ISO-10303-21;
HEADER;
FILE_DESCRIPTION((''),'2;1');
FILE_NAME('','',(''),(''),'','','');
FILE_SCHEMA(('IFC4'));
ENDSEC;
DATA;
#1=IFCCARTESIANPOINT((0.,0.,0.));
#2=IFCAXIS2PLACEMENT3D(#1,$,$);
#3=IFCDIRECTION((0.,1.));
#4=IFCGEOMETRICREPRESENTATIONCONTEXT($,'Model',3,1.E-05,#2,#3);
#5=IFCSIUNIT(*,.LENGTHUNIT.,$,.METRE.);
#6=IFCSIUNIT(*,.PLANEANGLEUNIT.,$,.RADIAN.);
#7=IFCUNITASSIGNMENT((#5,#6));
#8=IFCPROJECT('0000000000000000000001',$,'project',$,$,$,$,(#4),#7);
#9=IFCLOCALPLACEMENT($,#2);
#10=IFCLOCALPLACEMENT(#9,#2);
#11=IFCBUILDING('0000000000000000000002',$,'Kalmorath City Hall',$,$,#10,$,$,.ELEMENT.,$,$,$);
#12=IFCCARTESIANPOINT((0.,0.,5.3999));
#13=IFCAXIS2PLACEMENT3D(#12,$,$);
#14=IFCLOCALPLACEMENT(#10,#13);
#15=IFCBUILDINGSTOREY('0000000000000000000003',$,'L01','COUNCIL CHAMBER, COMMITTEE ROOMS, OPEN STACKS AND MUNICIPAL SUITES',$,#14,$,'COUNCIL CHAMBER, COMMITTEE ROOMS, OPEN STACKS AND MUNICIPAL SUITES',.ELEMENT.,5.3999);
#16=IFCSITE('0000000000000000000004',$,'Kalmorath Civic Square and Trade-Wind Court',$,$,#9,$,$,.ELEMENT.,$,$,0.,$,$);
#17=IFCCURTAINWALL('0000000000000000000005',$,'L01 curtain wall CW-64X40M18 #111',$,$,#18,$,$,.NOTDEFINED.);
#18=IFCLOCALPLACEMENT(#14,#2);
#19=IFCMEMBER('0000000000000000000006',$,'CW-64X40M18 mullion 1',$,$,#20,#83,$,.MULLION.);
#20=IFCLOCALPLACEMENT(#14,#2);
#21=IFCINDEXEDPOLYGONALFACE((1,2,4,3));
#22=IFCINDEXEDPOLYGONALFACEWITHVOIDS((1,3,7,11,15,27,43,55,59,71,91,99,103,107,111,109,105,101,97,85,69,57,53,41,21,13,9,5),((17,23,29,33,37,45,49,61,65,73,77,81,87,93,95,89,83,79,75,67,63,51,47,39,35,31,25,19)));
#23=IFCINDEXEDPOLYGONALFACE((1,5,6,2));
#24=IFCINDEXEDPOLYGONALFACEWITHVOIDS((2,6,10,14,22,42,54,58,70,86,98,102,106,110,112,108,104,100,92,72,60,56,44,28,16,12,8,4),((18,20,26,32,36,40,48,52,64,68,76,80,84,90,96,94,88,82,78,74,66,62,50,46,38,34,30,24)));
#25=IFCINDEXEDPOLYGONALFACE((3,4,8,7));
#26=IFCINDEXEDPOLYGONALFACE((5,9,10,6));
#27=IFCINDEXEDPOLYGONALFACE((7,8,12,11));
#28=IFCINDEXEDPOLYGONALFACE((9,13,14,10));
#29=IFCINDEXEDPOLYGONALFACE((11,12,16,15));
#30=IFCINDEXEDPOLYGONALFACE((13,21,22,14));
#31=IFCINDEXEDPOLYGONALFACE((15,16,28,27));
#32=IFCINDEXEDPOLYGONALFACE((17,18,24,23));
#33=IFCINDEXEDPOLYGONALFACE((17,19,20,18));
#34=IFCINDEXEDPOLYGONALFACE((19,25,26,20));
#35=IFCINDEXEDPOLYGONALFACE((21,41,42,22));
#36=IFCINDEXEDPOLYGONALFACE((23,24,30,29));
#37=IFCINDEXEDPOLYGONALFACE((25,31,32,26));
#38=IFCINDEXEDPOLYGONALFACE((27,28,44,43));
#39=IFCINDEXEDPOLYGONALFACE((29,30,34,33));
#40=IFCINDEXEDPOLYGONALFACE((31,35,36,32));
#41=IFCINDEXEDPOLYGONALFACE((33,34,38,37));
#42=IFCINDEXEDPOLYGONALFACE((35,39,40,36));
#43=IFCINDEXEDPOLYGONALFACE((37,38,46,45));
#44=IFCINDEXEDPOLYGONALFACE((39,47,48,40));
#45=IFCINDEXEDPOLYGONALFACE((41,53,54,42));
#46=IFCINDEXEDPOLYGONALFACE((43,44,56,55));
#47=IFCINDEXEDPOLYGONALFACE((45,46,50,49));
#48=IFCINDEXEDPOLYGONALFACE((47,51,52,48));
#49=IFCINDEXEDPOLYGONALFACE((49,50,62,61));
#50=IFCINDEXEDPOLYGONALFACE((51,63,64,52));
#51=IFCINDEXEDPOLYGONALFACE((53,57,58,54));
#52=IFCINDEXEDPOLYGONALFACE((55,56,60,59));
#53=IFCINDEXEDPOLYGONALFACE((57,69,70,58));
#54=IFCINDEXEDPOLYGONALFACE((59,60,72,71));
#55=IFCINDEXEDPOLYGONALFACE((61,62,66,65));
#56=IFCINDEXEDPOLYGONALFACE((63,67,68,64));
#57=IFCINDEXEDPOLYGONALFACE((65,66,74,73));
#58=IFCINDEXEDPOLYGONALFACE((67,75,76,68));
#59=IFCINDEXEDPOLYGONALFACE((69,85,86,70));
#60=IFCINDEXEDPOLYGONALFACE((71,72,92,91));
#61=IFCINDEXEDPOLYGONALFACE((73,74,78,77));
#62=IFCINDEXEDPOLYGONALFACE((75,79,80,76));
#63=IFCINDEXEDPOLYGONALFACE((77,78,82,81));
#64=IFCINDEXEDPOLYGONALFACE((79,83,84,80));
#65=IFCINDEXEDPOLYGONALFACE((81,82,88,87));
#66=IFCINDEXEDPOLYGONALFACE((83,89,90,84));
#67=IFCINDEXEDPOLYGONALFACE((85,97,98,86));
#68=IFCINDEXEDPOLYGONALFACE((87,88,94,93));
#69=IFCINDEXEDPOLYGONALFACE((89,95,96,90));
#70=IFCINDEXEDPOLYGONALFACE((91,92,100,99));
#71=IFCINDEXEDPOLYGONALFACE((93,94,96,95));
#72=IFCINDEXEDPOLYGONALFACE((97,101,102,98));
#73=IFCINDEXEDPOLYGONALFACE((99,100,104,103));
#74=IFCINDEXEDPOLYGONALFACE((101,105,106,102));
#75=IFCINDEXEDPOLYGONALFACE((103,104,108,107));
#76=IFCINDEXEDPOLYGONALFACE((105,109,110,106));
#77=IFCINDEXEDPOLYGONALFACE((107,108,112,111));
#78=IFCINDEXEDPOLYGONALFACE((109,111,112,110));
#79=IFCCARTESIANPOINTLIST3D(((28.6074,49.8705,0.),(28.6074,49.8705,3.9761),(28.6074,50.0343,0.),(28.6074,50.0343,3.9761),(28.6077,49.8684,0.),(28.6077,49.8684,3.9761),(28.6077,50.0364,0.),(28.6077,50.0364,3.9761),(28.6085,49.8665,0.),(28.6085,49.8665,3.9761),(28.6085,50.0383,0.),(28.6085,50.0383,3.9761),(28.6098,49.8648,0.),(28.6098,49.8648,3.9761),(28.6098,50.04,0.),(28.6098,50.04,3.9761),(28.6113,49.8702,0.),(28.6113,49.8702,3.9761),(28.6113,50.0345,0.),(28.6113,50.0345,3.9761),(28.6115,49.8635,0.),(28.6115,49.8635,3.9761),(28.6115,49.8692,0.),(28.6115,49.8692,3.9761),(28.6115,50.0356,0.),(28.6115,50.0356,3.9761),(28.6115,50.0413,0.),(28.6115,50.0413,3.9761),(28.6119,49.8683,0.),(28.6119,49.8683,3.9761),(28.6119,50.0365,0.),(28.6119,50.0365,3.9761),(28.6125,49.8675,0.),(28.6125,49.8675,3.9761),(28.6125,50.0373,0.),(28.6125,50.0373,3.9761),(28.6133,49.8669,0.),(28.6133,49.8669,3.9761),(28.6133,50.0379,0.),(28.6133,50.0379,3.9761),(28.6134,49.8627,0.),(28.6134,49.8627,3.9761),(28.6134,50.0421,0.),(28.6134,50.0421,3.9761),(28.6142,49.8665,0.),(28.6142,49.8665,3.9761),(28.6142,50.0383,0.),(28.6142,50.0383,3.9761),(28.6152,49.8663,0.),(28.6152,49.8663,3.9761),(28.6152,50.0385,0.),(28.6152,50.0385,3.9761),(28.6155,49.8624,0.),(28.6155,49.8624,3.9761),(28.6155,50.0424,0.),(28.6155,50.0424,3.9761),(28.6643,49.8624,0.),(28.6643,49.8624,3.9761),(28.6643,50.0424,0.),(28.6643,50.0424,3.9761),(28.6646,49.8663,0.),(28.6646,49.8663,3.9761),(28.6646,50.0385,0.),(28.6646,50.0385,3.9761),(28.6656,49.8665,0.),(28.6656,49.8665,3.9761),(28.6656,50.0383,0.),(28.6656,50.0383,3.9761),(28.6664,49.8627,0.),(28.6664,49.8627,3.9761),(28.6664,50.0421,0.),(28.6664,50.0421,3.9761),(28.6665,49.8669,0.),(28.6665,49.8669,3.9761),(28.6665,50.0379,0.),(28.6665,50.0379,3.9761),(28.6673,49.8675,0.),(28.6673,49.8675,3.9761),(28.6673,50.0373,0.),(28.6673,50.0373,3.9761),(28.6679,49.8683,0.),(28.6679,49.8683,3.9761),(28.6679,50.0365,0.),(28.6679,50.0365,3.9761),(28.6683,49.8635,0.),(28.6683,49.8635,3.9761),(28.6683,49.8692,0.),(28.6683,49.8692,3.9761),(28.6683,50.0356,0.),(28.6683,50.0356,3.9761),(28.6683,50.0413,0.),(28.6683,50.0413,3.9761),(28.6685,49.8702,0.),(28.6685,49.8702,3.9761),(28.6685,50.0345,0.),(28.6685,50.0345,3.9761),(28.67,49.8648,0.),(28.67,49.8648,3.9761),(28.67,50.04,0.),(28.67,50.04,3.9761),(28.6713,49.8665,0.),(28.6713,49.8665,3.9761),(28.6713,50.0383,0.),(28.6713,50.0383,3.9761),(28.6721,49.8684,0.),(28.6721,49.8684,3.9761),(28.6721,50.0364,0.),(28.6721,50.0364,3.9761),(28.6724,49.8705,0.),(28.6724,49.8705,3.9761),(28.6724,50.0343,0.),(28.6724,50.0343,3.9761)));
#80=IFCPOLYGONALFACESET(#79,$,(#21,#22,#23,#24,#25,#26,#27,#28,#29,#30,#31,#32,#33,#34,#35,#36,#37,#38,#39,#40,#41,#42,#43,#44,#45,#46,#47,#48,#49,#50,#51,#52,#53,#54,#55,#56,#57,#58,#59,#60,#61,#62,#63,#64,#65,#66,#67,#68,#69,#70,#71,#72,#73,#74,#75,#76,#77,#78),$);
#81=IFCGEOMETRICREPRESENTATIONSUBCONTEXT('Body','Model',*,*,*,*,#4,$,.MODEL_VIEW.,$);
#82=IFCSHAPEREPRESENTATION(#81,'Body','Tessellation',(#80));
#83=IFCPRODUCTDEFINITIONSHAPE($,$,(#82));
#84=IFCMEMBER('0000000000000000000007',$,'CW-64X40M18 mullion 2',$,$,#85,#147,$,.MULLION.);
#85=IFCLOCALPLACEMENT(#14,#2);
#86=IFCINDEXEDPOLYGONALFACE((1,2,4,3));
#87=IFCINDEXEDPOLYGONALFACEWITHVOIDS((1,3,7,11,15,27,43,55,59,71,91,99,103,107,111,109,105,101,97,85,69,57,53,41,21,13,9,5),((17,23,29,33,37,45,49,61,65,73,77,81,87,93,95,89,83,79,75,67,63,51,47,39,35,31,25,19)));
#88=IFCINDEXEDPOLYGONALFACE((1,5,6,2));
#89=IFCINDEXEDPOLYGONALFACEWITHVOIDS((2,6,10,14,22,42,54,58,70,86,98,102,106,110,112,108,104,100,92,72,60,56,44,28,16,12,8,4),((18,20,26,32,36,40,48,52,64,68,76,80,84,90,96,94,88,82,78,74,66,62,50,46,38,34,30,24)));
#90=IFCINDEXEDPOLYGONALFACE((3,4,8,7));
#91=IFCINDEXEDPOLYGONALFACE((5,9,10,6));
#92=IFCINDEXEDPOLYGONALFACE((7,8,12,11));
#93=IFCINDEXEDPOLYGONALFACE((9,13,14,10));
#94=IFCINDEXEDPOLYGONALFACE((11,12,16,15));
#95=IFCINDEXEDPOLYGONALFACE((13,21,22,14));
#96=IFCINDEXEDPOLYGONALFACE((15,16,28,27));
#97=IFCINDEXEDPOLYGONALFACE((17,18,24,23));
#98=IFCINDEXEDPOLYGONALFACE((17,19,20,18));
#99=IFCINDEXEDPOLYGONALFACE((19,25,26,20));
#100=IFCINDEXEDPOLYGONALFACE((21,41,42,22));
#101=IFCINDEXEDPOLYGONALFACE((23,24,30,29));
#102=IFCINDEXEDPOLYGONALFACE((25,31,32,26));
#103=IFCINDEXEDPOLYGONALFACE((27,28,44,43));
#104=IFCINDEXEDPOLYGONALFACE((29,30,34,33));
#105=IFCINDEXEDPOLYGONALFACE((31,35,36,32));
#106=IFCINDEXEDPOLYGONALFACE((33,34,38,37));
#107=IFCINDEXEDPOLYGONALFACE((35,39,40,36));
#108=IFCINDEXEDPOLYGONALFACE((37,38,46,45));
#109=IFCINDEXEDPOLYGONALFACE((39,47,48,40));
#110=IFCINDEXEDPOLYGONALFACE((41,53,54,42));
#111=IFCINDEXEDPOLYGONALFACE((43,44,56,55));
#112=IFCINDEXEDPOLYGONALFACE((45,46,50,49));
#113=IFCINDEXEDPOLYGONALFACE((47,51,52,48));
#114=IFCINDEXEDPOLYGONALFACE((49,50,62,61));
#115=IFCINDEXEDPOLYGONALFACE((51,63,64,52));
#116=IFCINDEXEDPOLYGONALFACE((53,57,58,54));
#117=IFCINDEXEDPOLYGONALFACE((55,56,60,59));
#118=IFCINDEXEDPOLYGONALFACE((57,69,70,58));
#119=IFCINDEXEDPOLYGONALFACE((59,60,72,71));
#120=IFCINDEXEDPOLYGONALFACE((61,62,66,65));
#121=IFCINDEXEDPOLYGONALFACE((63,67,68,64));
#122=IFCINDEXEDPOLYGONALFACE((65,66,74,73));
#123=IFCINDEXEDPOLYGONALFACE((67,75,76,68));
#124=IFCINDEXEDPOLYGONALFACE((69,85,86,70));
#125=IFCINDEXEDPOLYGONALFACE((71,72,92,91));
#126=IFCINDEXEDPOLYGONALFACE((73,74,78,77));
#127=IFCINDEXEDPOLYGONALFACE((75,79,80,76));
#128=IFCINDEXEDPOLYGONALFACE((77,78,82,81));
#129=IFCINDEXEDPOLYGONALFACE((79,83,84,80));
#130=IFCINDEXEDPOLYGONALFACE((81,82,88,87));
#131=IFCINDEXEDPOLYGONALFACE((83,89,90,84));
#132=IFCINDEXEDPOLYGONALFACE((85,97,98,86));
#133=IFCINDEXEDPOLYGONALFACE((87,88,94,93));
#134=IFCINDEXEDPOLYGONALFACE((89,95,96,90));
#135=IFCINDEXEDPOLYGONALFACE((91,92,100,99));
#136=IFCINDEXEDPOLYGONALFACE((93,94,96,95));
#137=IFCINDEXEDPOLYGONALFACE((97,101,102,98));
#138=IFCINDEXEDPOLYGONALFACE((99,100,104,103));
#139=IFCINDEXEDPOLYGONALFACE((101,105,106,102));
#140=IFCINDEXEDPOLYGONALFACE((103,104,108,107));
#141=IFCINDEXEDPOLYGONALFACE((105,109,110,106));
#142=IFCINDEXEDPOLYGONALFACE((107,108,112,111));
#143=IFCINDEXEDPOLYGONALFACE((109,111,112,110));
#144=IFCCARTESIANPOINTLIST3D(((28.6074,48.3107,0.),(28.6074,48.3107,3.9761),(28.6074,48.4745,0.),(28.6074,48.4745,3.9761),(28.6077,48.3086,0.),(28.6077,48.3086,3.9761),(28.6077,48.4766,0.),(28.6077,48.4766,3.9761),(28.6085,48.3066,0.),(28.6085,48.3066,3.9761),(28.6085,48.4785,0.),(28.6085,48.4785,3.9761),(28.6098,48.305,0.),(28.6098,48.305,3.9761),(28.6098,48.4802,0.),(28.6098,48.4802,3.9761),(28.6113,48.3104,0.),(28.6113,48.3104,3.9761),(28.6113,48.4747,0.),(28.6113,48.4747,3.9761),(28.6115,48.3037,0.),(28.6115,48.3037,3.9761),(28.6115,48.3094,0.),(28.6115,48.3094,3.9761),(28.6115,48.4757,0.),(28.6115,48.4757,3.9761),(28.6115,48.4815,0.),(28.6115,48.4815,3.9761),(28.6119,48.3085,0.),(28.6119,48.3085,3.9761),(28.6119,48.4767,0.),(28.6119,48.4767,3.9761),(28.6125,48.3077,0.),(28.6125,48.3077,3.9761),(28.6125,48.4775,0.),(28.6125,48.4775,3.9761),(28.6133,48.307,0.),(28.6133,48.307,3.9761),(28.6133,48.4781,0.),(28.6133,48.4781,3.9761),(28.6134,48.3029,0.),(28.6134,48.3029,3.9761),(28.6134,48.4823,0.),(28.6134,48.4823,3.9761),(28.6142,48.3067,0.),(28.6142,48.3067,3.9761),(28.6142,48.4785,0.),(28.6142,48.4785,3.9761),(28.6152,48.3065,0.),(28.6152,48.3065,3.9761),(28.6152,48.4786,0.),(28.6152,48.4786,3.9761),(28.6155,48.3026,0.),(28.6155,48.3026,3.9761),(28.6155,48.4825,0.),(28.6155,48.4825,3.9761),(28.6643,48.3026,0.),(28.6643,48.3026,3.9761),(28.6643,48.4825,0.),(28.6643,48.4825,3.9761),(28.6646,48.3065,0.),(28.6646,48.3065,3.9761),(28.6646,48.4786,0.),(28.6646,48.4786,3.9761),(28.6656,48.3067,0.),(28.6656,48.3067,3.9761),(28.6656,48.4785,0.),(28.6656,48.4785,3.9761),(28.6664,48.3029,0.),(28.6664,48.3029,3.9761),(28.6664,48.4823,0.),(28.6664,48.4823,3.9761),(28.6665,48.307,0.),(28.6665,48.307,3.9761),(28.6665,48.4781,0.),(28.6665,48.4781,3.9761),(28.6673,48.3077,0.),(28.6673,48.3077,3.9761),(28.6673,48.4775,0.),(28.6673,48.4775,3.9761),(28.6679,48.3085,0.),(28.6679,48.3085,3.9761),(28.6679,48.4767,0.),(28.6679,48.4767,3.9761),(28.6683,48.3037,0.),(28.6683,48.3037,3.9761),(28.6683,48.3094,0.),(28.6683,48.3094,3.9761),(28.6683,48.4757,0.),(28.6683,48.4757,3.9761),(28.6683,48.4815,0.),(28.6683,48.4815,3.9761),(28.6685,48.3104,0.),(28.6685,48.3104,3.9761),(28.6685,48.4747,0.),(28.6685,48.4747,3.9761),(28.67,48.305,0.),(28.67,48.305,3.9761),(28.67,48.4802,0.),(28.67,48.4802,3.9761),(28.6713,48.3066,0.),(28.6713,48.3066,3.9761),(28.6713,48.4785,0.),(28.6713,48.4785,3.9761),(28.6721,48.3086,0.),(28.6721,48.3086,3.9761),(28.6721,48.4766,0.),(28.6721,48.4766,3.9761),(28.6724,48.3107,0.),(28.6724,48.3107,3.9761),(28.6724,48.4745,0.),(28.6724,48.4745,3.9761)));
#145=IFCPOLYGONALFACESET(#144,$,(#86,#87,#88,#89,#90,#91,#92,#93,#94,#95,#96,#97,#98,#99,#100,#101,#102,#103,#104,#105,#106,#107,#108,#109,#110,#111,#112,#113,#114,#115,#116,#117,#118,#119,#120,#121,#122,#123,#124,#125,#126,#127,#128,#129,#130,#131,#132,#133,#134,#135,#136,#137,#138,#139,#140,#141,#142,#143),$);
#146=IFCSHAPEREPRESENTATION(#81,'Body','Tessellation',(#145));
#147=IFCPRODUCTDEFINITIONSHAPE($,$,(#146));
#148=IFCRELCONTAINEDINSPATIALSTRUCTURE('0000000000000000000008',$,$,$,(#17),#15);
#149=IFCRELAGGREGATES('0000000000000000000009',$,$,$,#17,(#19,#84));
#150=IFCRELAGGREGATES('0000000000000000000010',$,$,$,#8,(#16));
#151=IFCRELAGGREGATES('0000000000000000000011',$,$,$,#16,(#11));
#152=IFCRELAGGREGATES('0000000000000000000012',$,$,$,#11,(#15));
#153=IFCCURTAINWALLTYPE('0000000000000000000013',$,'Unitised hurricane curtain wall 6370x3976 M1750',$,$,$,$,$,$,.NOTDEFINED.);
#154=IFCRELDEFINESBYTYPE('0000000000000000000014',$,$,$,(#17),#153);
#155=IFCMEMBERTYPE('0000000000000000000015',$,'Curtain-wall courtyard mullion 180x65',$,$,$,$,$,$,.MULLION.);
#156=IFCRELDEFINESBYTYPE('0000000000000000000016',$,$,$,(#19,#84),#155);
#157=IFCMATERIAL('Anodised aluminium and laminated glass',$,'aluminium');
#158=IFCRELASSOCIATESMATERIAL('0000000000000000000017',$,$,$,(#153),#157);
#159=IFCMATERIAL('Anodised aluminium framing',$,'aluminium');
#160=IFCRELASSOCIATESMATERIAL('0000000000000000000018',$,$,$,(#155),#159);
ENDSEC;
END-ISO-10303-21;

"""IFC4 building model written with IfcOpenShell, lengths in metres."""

from ifc_helpers import new_model, si_unit, direction, frame, origin, origin_2d, place, context, subcontext, project, spatial, hollow_rectangle, extrude, material, material_profile, profile_set, type_object, element, aggregate, save


model = new_model("IFC4")

# Units and contexts
model_context = context("Model", 3, precision=1e-05, world=origin(), true_north=direction((0.0, 1.0)))
body_context = subcontext(model_context, "Body", "Model", "MODEL_VIEW")
ifc_project = project(units=[si_unit("LENGTHUNIT", "METRE"), si_unit("PLANEANGLEUNIT", "RADIAN")], contexts=[model_context])

# Site, building, storey
site_placement = place(None, origin())
site = spatial("IfcSite", under=ifc_project, at=site_placement, Name="Kalmorath Civic Square and Trade-Wind Court", CompositionType="ELEMENT", RefElevation=0.0)
building_placement = place(site_placement, origin())
building = spatial("IfcBuilding", under=site, at=building_placement, Name="Kalmorath City Hall", CompositionType="ELEMENT")
storey_placement = place(building_placement, frame((0.0, 0.0, 5.3999)))
storey = spatial("IfcBuildingStorey", under=building, at=storey_placement, Name="L01", Description="COUNCIL CHAMBER, COMMITTEE ROOMS, OPEN STACKS AND MUNICIPAL SUITES", LongName="COUNCIL CHAMBER, COMMITTEE ROOMS, OPEN STACKS AND MUNICIPAL SUITES", CompositionType="ELEMENT", Elevation=5.3999)

# Curtain wall, members
ifc_material_1 = material(Name="Anodised aluminium and laminated glass", Category="aluminium")
curtain_wall_type = type_object("IfcCurtainWallType", Name="Unitised hurricane curtain wall 6370x3976 M1750", PredefinedType="NOTDEFINED", material=ifc_material_1)
curtain_wall_placement = place(storey_placement, origin())
curtain_wall = element("IfcCurtainWall", 1, at=curtain_wall_placement, inside=storey, type_object=curtain_wall_type, Name="L01 curtain wall CW-64X40M18 #111", PredefinedType="NOTDEFINED")
ifc_material_2 = material(Name="Anodised aluminium framing", Category="aluminium")
ifc_material_profile_1 = material_profile(ifc_material_2, hollow_rectangle(XDim=0.0649, YDim=0.1799, WallThickness=0.0039, InnerFilletRadius=0.0039, OuterFilletRadius=0.0081, at=origin_2d()), Name="ALU-MUL-180X65X4")
ifc_profile_set_1 = profile_set([ifc_material_profile_1], Name="Anodised aluminium framing")
member_type_1 = type_object("IfcMemberType", Name="Curtain-wall courtyard mullion 180x65", PredefinedType="MULLION", material=ifc_profile_set_1)
member_1_placement = place(storey_placement, frame((28.6399, 49.9524, 0.0), z_axis=(0.0, 0.0, 1.0), x_axis=(1.0, 0.0, 0.0)))
member_1 = element("IfcMember", 2, at=member_1_placement, type_object=member_type_1, Name="CW-64X40M18 mullion 1", PredefinedType="MULLION", context=body_context, shape_type="SweptSolid", body=[
    extrude(hollow_rectangle(XDim=0.0649, YDim=0.1799, WallThickness=0.0039, InnerFilletRadius=0.0039, OuterFilletRadius=0.0081, at=origin_2d()), origin(), (0.0, 0.0, 1.0), 3.9761),
])
member_2_placement = place(storey_placement, frame((28.6399, 48.3926, 0.0), z_axis=(0.0, 0.0, 1.0), x_axis=(1.0, 0.0, 0.0)))
member_2 = element("IfcMember", 3, at=member_2_placement, type_object=member_type_1, Name="CW-64X40M18 mullion 2", PredefinedType="MULLION", context=body_context, shape_type="SweptSolid", body=[
    extrude(hollow_rectangle(XDim=0.0649, YDim=0.1799, WallThickness=0.0039, InnerFilletRadius=0.0039, OuterFilletRadius=0.0081, at=origin_2d()), origin(), (0.0, 0.0, 1.0), 3.9761),
])
aggregate(curtain_wall, [member_1, member_2])

save(model, "model.ifc")
